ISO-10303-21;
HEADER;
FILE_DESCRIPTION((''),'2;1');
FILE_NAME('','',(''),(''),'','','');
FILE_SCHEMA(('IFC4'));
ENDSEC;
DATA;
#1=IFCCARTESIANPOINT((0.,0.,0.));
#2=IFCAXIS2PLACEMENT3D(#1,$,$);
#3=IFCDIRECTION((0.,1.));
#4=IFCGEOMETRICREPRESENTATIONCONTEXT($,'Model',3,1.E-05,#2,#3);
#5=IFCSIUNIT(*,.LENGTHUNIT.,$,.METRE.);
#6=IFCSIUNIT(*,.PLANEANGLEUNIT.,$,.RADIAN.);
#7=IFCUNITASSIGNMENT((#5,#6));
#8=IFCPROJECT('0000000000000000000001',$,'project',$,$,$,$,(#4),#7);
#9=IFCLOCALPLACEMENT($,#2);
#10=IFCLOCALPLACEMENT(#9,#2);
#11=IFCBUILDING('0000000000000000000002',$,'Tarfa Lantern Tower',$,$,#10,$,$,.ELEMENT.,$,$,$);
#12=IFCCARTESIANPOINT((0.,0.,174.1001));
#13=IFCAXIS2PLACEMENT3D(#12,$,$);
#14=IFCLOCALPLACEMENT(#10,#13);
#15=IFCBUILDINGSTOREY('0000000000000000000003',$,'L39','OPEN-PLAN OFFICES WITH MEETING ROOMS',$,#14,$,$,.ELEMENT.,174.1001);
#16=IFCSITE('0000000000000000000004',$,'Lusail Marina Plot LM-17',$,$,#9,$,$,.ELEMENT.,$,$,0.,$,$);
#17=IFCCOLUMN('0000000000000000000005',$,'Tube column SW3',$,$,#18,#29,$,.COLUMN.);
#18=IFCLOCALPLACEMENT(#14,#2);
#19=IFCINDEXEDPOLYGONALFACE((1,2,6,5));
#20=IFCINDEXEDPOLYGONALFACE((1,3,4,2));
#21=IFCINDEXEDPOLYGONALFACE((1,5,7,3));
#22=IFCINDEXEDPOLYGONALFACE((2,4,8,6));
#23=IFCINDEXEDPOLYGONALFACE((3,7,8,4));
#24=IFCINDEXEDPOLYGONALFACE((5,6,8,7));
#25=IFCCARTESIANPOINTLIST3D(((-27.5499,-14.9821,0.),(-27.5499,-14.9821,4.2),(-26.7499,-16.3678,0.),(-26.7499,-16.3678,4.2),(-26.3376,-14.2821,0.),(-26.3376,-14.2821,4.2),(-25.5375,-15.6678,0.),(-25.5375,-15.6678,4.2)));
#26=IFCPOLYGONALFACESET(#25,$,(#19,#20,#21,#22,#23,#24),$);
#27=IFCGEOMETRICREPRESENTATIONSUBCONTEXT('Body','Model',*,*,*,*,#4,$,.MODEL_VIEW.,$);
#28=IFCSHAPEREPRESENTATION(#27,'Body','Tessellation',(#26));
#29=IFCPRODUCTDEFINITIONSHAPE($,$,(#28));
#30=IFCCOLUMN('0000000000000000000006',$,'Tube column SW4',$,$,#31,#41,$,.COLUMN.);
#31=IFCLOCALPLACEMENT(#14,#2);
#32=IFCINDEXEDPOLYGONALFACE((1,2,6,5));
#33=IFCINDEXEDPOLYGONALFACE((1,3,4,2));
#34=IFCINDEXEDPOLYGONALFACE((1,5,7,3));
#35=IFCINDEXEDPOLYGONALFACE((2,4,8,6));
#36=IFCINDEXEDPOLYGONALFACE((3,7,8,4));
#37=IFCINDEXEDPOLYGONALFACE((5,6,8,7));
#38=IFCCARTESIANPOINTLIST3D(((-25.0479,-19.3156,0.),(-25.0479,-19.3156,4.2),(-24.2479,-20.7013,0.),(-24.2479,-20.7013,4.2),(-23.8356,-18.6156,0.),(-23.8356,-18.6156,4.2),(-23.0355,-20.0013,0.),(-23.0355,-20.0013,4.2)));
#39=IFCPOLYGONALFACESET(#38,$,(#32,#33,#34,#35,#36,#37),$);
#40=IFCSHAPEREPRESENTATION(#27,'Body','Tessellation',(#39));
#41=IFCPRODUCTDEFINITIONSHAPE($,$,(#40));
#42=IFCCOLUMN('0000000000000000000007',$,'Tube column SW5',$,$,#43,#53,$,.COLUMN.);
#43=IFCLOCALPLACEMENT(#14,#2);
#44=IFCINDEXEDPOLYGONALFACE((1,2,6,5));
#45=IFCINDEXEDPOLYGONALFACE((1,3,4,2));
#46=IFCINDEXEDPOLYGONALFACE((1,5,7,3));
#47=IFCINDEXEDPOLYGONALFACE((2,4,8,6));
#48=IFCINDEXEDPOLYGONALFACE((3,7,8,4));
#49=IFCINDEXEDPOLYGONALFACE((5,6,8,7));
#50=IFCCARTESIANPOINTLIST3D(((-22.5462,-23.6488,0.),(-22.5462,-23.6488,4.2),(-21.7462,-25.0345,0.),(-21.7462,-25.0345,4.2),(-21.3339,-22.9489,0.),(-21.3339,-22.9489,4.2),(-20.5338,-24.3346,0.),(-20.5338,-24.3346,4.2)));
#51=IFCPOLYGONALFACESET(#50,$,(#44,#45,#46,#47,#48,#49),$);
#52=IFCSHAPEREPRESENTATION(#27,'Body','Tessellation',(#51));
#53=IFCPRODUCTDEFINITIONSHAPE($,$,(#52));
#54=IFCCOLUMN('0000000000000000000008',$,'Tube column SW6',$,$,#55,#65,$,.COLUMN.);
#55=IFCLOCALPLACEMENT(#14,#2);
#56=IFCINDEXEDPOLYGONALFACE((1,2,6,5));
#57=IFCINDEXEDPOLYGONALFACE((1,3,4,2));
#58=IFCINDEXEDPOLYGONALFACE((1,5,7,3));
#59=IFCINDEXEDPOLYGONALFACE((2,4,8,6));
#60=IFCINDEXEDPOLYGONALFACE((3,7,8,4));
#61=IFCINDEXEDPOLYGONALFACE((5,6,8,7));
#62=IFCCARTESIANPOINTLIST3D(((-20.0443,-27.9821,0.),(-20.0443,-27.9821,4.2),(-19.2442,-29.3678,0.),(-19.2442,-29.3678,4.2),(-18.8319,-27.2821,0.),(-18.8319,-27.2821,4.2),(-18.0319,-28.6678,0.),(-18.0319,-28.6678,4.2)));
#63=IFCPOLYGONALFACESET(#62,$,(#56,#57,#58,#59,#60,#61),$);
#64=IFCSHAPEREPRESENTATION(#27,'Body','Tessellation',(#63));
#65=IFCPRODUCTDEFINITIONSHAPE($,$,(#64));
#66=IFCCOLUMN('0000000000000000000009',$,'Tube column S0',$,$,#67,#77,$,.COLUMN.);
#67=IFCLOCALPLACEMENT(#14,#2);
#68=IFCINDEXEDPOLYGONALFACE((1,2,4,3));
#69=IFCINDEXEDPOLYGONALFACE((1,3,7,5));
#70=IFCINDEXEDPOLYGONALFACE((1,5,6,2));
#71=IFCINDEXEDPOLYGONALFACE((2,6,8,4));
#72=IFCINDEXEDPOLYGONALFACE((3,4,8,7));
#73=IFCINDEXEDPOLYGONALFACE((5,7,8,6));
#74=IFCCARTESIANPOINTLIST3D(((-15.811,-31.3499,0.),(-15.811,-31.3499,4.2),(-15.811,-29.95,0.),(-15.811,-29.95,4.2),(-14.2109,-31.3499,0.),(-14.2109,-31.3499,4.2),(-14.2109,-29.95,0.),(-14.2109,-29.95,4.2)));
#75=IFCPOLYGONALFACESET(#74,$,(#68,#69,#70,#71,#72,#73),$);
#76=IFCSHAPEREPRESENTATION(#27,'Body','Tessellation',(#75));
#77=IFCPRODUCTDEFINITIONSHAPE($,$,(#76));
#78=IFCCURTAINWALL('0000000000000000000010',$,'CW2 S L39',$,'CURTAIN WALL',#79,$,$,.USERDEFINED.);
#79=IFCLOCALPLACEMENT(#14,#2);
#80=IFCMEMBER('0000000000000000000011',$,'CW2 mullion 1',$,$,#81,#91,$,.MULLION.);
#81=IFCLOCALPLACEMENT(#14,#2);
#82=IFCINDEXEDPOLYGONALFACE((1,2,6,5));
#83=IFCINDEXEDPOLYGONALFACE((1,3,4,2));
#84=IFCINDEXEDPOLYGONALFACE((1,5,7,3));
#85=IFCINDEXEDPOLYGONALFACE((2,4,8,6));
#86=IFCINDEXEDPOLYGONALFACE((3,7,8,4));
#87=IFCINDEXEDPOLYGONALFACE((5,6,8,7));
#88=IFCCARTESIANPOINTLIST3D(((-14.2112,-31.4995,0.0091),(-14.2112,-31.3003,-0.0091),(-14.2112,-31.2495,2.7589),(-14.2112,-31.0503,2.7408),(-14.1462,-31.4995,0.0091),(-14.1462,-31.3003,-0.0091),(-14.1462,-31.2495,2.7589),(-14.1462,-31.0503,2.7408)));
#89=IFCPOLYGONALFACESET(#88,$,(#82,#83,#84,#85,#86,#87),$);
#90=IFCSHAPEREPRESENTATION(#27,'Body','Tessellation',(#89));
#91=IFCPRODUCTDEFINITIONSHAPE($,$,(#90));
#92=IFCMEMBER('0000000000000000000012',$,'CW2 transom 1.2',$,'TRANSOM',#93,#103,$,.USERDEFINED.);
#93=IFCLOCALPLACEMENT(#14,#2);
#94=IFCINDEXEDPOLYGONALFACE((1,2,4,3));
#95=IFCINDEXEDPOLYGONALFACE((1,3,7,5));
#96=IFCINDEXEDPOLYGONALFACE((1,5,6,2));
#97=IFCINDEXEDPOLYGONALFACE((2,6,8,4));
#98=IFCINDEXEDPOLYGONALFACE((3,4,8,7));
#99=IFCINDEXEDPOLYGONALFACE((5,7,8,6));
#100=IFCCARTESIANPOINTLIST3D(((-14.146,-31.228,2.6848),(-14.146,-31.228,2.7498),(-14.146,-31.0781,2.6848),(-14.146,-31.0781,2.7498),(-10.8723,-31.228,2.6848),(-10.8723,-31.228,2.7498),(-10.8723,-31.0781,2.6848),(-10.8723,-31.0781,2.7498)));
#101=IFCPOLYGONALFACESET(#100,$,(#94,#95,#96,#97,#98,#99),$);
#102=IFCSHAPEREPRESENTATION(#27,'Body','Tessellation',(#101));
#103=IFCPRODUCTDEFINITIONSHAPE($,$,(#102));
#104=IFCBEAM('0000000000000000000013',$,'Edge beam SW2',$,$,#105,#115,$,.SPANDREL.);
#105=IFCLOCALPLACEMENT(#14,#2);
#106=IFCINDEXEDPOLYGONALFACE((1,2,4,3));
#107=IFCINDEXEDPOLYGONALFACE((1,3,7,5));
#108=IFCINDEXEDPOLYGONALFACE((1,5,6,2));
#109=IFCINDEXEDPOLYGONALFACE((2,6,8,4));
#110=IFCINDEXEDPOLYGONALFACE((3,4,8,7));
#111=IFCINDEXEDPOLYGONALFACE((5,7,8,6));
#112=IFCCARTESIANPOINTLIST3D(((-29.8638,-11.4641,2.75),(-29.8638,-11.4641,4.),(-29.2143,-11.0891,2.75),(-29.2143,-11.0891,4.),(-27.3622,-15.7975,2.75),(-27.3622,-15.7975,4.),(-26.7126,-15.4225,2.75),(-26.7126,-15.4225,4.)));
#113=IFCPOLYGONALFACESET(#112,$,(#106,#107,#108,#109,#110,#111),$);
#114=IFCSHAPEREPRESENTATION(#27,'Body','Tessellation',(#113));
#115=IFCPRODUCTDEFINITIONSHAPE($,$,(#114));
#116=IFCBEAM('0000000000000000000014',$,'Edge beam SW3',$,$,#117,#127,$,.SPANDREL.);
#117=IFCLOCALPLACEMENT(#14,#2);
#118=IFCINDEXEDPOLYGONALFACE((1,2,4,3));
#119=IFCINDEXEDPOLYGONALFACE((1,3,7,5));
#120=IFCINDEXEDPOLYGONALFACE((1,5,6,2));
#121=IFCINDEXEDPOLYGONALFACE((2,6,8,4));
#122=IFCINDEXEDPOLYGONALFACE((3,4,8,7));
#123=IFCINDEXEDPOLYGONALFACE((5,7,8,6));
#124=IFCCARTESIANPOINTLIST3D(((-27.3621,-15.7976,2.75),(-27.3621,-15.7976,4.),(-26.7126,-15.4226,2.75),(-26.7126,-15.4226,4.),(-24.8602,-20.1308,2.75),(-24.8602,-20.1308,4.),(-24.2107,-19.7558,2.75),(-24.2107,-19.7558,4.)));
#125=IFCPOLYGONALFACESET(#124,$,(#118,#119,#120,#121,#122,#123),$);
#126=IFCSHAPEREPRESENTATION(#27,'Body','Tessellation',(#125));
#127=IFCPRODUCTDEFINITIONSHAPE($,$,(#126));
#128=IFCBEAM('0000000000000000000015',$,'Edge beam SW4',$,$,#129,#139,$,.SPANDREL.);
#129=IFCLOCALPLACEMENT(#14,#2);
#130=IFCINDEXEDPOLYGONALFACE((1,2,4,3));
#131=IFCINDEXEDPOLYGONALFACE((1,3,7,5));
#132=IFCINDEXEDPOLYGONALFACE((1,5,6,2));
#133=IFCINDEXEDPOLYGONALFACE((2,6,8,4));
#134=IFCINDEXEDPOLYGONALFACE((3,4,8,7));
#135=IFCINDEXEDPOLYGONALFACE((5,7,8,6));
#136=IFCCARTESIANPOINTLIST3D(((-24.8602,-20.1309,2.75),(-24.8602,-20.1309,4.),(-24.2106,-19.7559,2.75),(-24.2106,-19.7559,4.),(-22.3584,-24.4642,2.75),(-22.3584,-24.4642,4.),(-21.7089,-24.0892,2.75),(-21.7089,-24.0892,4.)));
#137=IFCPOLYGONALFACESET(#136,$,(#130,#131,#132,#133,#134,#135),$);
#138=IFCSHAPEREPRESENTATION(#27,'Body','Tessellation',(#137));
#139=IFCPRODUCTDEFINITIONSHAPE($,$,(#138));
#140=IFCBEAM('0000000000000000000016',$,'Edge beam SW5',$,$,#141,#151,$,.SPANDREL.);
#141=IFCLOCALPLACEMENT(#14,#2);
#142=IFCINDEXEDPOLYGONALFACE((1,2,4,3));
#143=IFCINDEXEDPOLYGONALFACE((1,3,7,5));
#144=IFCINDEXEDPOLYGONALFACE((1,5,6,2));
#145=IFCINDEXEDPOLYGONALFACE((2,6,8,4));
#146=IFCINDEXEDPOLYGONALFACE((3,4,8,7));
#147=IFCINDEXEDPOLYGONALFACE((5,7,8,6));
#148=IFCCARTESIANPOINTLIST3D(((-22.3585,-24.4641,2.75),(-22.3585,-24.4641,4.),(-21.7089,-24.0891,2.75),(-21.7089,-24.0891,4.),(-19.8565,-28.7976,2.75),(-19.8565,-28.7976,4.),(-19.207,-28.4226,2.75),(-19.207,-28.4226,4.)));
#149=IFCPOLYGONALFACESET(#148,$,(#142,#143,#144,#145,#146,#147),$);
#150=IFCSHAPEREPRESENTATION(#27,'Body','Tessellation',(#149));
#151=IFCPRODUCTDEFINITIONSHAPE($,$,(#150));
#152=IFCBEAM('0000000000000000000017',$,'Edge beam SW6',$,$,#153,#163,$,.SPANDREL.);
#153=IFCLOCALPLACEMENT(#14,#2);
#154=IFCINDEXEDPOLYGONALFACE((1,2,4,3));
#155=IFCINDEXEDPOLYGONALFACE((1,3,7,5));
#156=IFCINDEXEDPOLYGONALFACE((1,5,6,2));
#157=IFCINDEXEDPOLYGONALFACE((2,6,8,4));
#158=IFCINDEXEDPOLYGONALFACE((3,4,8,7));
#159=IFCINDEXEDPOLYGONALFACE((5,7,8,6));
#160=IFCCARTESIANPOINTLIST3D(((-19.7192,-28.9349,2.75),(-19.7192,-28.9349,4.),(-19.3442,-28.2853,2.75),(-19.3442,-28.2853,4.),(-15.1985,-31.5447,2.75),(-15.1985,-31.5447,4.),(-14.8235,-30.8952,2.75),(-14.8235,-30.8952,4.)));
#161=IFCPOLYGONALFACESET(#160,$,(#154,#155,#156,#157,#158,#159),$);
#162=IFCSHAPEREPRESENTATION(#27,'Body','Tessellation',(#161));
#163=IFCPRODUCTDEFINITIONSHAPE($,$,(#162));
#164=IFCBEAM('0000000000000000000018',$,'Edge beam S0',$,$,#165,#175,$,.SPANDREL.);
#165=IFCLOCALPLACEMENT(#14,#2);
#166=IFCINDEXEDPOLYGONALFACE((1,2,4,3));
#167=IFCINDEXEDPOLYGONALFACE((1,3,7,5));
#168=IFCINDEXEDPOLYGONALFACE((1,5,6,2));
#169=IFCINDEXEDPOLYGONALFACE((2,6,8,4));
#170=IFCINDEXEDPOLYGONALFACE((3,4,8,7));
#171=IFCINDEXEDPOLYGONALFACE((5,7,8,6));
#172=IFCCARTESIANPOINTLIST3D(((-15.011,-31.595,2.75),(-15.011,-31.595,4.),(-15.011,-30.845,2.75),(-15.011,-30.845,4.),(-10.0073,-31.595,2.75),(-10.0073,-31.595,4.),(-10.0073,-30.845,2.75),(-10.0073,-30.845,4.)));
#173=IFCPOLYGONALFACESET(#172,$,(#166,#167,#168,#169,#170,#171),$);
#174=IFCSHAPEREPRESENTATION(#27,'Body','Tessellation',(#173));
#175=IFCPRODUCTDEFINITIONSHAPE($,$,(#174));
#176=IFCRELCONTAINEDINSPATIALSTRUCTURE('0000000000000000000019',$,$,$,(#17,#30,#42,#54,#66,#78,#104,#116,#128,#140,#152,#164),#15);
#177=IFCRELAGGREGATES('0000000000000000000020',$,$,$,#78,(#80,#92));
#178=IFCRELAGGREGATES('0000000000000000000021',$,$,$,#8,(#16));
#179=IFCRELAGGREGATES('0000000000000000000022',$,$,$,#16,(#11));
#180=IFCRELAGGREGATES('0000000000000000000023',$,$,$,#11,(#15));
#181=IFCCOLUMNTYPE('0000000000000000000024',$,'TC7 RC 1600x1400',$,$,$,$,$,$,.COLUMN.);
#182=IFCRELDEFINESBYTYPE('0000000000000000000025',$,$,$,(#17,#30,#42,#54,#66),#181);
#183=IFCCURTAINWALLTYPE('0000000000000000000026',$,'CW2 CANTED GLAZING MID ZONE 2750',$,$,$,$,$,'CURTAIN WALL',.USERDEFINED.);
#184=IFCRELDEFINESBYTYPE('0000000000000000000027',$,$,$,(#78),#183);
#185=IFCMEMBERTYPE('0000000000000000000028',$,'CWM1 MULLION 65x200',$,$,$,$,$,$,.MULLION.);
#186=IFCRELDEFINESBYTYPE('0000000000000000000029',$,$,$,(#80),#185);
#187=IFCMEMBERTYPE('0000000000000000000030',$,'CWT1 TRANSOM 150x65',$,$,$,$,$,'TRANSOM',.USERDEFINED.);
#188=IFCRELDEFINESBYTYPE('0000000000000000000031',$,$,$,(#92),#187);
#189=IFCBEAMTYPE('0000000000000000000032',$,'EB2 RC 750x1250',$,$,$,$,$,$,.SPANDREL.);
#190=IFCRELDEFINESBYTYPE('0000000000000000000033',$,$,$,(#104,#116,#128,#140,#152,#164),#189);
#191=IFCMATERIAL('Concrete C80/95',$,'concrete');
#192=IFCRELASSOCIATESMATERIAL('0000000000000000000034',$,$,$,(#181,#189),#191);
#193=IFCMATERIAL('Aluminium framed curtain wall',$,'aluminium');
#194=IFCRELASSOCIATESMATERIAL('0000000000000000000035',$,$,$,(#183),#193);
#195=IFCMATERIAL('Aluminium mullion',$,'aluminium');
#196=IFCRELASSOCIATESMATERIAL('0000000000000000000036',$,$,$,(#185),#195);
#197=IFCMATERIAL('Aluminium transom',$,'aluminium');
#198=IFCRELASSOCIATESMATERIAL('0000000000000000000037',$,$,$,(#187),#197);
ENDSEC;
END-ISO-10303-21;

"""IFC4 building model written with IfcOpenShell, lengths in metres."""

from ifc_helpers import new_model, si_unit, direction, frame, origin, origin_2d, place, context, subcontext, project, spatial, rectangle, extrude, material, material_profile, profile_set, type_object, element, aggregate, save


model = new_model("IFC4")

# Units and contexts
model_context = context("Model", 3, precision=1e-05, world=origin(), true_north=direction((0.0, 1.0)))
body_context = subcontext(model_context, "Body", "Model", "MODEL_VIEW")
ifc_project = project(units=[si_unit("LENGTHUNIT", "METRE"), si_unit("PLANEANGLEUNIT", "RADIAN")], contexts=[model_context])

# Site, building, storey
site_placement = place(None, origin())
site = spatial("IfcSite", under=ifc_project, at=site_placement, Name="Lusail Marina Plot LM-17", CompositionType="ELEMENT", RefElevation=0.0)
building_placement = place(site_placement, origin())
building = spatial("IfcBuilding", under=site, at=building_placement, Name="Tarfa Lantern Tower", CompositionType="ELEMENT")
storey_placement = place(building_placement, frame((0.0, 0.0, 174.1001)))
storey = spatial("IfcBuildingStorey", under=building, at=storey_placement, Name="L39", Description="OPEN-PLAN OFFICES WITH MEETING ROOMS", CompositionType="ELEMENT", Elevation=174.1001)

# Columns
ifc_material_1 = material(Name="Concrete C80/95", Category="concrete")
ifc_material_profile_1 = material_profile(ifc_material_1, rectangle(XDim=1.6001, YDim=1.3999, at=origin_2d()), Name="RC 1600x1400")
ifc_profile_set_1 = profile_set([ifc_material_profile_1], Name="Concrete C80/95")
column_type = type_object("IfcColumnType", Name="TC7 RC 1600x1400", PredefinedType="COLUMN", material=ifc_profile_set_1)
for number, where, z_axis, x_axis, name in (
    (1, (-26.5437, -15.325, 0.0), (0.0, 0.0, 1.0), (0.5, -0.866025, 0.0), "Tube column SW3"),
    (2, (-24.0417, -19.6584, 0.0), (0.0, 0.0, 1.0), (0.5, -0.866025, 0.0), "Tube column SW4"),
    (3, (-21.54, -23.9917, 0.0), (0.0, 0.0, 1.0), (0.5, -0.866025, 0.0), "Tube column SW5"),
    (4, (-19.0381, -28.325, 0.0), (0.0, 0.0, 1.0), (0.5, -0.866025, 0.0), "Tube column SW6"),
    (5, (-15.011, -30.6499, 0.0), (0.0, 0.0, 1.0), (1.0, 0.0, 0.0), "Tube column S0"),
):
    element("IfcColumn", number, at=place(storey_placement, frame(where, z_axis=z_axis, x_axis=x_axis)), inside=storey, type_object=column_type, Name=name, PredefinedType="COLUMN", context=body_context, shape_type="SweptSolid", body=[
        extrude(rectangle(XDim=1.6001, YDim=1.3999, at=origin_2d()), origin(), (0.0, 0.0, 1.0), 4.2),
    ])

# Curtain wall, members
ifc_material_2 = material(Name="Aluminium framed curtain wall", Category="aluminium")
curtain_wall_type = type_object("IfcCurtainWallType", Name="CW2 CANTED GLAZING MID ZONE 2750", ElementType="CURTAIN WALL", PredefinedType="USERDEFINED", material=ifc_material_2)
curtain_wall_placement = place(storey_placement, origin())
curtain_wall = element("IfcCurtainWall", 6, at=curtain_wall_placement, inside=storey, type_object=curtain_wall_type, Name="CW2 S L39", ObjectType="CURTAIN WALL", PredefinedType="USERDEFINED")
ifc_material_3 = material(Name="Aluminium mullion", Category="aluminium")
ifc_material_profile_2 = material_profile(ifc_material_3, rectangle(XDim=0.0649, YDim=0.2, at=origin_2d()), Name="AL MULLION 65x200")
ifc_profile_set_2 = profile_set([ifc_material_profile_2], Name="Aluminium mullion")
member_type_1 = type_object("IfcMemberType", Name="CWM1 MULLION 65x200", PredefinedType="MULLION", material=ifc_profile_set_2)
member_1_placement = place(storey_placement, frame((-14.1787, -31.3999, 0.0), z_axis=(0.0, 0.090536, 0.995893), x_axis=(-1.0, 0.0, 0.0)))
member_1 = element("IfcMember", 7, at=member_1_placement, type_object=member_type_1, Name="CW2 mullion 1", PredefinedType="MULLION", context=body_context, shape_type="SweptSolid", body=[
    extrude(rectangle(XDim=0.0649, YDim=0.2, at=origin_2d()), origin(), (0.0, 0.0, 1.0), 2.7612),
])
ifc_material_4 = material(Name="Aluminium transom", Category="aluminium")
ifc_material_profile_3 = material_profile(ifc_material_4, rectangle(XDim=0.1499, YDim=0.0649, at=origin_2d()), Name="AL TRANSOM 150x65")
ifc_profile_set_3 = profile_set([ifc_material_profile_3], Name="Aluminium transom")
member_type_2 = type_object("IfcMemberType", Name="CWT1 TRANSOM 150x65", ElementType="TRANSOM", PredefinedType="USERDEFINED", material=ifc_profile_set_3)
member_2_placement = place(storey_placement, frame((-14.146, -31.1531, 2.7173), z_axis=(1.0, 0.0, 0.0), x_axis=(0.0, 1.0, 0.0)))
member_2 = element("IfcMember", 8, at=member_2_placement, type_object=member_type_2, Name="CW2 transom 1.2", ObjectType="TRANSOM", PredefinedType="USERDEFINED", context=body_context, shape_type="SweptSolid", body=[
    extrude(rectangle(XDim=0.1499, YDim=0.0649, at=origin_2d()), origin(), (0.0, 0.0, 1.0), 3.2737),
])

# Beams
ifc_material_profile_4 = material_profile(ifc_material_1, rectangle(XDim=0.75, YDim=1.25, at=origin_2d()), Name="RC 750x1250")
ifc_profile_set_4 = profile_set([ifc_material_profile_4], Name="Concrete C80/95")
beam_type_1 = type_object("IfcBeamType", Name="EB2 RC 750x1250", PredefinedType="SPANDREL", material=ifc_profile_set_4)
for number, where, z_axis, x_axis, name in (
    (9, (-29.5391, -11.2766, 3.375), (0.499965, -0.866046, 0.0), (0.866046, 0.499965, 0.0), "Edge beam SW2"),
    (10, (-27.0374, -15.6101, 3.375), (0.500022, -0.866013, 0.0), (0.866013, 0.500022, 0.0), "Edge beam SW3"),
    (11, (-24.5354, -19.9434, 3.375), (0.499986, -0.866034, 0.0), (0.866034, 0.499986, 0.0), "Edge beam SW4"),
):
    element("IfcBeam", number, at=place(storey_placement, frame(where, z_axis=z_axis, x_axis=x_axis)), inside=storey, type_object=beam_type_1, Name=name, PredefinedType="SPANDREL", context=body_context, shape_type="SweptSolid", body=[
        extrude(rectangle(XDim=0.75, YDim=1.25, at=origin_2d()), origin(), (0.0, 0.0, 1.0), 5.0037),
    ])
beam_1_placement = place(storey_placement, frame((-22.0337, -24.2766, 3.375), z_axis=(0.500001, -0.866025, 0.0), x_axis=(0.866025, 0.500001, 0.0)))
element("IfcBeam", 12, at=beam_1_placement, inside=storey, type_object=beam_type_1, Name="Edge beam SW5", PredefinedType="SPANDREL", context=body_context, shape_type="SweptSolid", body=[
    extrude(rectangle(XDim=0.75, YDim=1.25, at=origin_2d()), origin(), (0.0, 0.0, 1.0), 5.0039),
])
beam_2_placement = place(storey_placement, frame((-19.5317, -28.6101, 3.375), z_axis=(0.866042, -0.499972, 0.0), x_axis=(0.499972, 0.866042, 0.0)))
element("IfcBeam", 13, at=beam_2_placement, inside=storey, type_object=beam_type_1, Name="Edge beam SW6", PredefinedType="SPANDREL", context=body_context, shape_type="SweptSolid", body=[
    extrude(rectangle(XDim=0.75, YDim=1.25, at=origin_2d()), origin(), (0.0, 0.0, 1.0), 5.22),
])
beam_3_placement = place(storey_placement, frame((-15.011, -31.22, 3.375), z_axis=(1.0, 0.0, 0.0), x_axis=(0.0, 1.0, 0.0)))
element("IfcBeam", 14, at=beam_3_placement, inside=storey, type_object=beam_type_1, Name="Edge beam S0", PredefinedType="SPANDREL", context=body_context, shape_type="SweptSolid", body=[
    extrude(rectangle(XDim=0.75, YDim=1.25, at=origin_2d()), origin(), (0.0, 0.0, 1.0), 5.0037),
])

aggregate(curtain_wall, [member_1, member_2])

save(model, "model.ifc")
